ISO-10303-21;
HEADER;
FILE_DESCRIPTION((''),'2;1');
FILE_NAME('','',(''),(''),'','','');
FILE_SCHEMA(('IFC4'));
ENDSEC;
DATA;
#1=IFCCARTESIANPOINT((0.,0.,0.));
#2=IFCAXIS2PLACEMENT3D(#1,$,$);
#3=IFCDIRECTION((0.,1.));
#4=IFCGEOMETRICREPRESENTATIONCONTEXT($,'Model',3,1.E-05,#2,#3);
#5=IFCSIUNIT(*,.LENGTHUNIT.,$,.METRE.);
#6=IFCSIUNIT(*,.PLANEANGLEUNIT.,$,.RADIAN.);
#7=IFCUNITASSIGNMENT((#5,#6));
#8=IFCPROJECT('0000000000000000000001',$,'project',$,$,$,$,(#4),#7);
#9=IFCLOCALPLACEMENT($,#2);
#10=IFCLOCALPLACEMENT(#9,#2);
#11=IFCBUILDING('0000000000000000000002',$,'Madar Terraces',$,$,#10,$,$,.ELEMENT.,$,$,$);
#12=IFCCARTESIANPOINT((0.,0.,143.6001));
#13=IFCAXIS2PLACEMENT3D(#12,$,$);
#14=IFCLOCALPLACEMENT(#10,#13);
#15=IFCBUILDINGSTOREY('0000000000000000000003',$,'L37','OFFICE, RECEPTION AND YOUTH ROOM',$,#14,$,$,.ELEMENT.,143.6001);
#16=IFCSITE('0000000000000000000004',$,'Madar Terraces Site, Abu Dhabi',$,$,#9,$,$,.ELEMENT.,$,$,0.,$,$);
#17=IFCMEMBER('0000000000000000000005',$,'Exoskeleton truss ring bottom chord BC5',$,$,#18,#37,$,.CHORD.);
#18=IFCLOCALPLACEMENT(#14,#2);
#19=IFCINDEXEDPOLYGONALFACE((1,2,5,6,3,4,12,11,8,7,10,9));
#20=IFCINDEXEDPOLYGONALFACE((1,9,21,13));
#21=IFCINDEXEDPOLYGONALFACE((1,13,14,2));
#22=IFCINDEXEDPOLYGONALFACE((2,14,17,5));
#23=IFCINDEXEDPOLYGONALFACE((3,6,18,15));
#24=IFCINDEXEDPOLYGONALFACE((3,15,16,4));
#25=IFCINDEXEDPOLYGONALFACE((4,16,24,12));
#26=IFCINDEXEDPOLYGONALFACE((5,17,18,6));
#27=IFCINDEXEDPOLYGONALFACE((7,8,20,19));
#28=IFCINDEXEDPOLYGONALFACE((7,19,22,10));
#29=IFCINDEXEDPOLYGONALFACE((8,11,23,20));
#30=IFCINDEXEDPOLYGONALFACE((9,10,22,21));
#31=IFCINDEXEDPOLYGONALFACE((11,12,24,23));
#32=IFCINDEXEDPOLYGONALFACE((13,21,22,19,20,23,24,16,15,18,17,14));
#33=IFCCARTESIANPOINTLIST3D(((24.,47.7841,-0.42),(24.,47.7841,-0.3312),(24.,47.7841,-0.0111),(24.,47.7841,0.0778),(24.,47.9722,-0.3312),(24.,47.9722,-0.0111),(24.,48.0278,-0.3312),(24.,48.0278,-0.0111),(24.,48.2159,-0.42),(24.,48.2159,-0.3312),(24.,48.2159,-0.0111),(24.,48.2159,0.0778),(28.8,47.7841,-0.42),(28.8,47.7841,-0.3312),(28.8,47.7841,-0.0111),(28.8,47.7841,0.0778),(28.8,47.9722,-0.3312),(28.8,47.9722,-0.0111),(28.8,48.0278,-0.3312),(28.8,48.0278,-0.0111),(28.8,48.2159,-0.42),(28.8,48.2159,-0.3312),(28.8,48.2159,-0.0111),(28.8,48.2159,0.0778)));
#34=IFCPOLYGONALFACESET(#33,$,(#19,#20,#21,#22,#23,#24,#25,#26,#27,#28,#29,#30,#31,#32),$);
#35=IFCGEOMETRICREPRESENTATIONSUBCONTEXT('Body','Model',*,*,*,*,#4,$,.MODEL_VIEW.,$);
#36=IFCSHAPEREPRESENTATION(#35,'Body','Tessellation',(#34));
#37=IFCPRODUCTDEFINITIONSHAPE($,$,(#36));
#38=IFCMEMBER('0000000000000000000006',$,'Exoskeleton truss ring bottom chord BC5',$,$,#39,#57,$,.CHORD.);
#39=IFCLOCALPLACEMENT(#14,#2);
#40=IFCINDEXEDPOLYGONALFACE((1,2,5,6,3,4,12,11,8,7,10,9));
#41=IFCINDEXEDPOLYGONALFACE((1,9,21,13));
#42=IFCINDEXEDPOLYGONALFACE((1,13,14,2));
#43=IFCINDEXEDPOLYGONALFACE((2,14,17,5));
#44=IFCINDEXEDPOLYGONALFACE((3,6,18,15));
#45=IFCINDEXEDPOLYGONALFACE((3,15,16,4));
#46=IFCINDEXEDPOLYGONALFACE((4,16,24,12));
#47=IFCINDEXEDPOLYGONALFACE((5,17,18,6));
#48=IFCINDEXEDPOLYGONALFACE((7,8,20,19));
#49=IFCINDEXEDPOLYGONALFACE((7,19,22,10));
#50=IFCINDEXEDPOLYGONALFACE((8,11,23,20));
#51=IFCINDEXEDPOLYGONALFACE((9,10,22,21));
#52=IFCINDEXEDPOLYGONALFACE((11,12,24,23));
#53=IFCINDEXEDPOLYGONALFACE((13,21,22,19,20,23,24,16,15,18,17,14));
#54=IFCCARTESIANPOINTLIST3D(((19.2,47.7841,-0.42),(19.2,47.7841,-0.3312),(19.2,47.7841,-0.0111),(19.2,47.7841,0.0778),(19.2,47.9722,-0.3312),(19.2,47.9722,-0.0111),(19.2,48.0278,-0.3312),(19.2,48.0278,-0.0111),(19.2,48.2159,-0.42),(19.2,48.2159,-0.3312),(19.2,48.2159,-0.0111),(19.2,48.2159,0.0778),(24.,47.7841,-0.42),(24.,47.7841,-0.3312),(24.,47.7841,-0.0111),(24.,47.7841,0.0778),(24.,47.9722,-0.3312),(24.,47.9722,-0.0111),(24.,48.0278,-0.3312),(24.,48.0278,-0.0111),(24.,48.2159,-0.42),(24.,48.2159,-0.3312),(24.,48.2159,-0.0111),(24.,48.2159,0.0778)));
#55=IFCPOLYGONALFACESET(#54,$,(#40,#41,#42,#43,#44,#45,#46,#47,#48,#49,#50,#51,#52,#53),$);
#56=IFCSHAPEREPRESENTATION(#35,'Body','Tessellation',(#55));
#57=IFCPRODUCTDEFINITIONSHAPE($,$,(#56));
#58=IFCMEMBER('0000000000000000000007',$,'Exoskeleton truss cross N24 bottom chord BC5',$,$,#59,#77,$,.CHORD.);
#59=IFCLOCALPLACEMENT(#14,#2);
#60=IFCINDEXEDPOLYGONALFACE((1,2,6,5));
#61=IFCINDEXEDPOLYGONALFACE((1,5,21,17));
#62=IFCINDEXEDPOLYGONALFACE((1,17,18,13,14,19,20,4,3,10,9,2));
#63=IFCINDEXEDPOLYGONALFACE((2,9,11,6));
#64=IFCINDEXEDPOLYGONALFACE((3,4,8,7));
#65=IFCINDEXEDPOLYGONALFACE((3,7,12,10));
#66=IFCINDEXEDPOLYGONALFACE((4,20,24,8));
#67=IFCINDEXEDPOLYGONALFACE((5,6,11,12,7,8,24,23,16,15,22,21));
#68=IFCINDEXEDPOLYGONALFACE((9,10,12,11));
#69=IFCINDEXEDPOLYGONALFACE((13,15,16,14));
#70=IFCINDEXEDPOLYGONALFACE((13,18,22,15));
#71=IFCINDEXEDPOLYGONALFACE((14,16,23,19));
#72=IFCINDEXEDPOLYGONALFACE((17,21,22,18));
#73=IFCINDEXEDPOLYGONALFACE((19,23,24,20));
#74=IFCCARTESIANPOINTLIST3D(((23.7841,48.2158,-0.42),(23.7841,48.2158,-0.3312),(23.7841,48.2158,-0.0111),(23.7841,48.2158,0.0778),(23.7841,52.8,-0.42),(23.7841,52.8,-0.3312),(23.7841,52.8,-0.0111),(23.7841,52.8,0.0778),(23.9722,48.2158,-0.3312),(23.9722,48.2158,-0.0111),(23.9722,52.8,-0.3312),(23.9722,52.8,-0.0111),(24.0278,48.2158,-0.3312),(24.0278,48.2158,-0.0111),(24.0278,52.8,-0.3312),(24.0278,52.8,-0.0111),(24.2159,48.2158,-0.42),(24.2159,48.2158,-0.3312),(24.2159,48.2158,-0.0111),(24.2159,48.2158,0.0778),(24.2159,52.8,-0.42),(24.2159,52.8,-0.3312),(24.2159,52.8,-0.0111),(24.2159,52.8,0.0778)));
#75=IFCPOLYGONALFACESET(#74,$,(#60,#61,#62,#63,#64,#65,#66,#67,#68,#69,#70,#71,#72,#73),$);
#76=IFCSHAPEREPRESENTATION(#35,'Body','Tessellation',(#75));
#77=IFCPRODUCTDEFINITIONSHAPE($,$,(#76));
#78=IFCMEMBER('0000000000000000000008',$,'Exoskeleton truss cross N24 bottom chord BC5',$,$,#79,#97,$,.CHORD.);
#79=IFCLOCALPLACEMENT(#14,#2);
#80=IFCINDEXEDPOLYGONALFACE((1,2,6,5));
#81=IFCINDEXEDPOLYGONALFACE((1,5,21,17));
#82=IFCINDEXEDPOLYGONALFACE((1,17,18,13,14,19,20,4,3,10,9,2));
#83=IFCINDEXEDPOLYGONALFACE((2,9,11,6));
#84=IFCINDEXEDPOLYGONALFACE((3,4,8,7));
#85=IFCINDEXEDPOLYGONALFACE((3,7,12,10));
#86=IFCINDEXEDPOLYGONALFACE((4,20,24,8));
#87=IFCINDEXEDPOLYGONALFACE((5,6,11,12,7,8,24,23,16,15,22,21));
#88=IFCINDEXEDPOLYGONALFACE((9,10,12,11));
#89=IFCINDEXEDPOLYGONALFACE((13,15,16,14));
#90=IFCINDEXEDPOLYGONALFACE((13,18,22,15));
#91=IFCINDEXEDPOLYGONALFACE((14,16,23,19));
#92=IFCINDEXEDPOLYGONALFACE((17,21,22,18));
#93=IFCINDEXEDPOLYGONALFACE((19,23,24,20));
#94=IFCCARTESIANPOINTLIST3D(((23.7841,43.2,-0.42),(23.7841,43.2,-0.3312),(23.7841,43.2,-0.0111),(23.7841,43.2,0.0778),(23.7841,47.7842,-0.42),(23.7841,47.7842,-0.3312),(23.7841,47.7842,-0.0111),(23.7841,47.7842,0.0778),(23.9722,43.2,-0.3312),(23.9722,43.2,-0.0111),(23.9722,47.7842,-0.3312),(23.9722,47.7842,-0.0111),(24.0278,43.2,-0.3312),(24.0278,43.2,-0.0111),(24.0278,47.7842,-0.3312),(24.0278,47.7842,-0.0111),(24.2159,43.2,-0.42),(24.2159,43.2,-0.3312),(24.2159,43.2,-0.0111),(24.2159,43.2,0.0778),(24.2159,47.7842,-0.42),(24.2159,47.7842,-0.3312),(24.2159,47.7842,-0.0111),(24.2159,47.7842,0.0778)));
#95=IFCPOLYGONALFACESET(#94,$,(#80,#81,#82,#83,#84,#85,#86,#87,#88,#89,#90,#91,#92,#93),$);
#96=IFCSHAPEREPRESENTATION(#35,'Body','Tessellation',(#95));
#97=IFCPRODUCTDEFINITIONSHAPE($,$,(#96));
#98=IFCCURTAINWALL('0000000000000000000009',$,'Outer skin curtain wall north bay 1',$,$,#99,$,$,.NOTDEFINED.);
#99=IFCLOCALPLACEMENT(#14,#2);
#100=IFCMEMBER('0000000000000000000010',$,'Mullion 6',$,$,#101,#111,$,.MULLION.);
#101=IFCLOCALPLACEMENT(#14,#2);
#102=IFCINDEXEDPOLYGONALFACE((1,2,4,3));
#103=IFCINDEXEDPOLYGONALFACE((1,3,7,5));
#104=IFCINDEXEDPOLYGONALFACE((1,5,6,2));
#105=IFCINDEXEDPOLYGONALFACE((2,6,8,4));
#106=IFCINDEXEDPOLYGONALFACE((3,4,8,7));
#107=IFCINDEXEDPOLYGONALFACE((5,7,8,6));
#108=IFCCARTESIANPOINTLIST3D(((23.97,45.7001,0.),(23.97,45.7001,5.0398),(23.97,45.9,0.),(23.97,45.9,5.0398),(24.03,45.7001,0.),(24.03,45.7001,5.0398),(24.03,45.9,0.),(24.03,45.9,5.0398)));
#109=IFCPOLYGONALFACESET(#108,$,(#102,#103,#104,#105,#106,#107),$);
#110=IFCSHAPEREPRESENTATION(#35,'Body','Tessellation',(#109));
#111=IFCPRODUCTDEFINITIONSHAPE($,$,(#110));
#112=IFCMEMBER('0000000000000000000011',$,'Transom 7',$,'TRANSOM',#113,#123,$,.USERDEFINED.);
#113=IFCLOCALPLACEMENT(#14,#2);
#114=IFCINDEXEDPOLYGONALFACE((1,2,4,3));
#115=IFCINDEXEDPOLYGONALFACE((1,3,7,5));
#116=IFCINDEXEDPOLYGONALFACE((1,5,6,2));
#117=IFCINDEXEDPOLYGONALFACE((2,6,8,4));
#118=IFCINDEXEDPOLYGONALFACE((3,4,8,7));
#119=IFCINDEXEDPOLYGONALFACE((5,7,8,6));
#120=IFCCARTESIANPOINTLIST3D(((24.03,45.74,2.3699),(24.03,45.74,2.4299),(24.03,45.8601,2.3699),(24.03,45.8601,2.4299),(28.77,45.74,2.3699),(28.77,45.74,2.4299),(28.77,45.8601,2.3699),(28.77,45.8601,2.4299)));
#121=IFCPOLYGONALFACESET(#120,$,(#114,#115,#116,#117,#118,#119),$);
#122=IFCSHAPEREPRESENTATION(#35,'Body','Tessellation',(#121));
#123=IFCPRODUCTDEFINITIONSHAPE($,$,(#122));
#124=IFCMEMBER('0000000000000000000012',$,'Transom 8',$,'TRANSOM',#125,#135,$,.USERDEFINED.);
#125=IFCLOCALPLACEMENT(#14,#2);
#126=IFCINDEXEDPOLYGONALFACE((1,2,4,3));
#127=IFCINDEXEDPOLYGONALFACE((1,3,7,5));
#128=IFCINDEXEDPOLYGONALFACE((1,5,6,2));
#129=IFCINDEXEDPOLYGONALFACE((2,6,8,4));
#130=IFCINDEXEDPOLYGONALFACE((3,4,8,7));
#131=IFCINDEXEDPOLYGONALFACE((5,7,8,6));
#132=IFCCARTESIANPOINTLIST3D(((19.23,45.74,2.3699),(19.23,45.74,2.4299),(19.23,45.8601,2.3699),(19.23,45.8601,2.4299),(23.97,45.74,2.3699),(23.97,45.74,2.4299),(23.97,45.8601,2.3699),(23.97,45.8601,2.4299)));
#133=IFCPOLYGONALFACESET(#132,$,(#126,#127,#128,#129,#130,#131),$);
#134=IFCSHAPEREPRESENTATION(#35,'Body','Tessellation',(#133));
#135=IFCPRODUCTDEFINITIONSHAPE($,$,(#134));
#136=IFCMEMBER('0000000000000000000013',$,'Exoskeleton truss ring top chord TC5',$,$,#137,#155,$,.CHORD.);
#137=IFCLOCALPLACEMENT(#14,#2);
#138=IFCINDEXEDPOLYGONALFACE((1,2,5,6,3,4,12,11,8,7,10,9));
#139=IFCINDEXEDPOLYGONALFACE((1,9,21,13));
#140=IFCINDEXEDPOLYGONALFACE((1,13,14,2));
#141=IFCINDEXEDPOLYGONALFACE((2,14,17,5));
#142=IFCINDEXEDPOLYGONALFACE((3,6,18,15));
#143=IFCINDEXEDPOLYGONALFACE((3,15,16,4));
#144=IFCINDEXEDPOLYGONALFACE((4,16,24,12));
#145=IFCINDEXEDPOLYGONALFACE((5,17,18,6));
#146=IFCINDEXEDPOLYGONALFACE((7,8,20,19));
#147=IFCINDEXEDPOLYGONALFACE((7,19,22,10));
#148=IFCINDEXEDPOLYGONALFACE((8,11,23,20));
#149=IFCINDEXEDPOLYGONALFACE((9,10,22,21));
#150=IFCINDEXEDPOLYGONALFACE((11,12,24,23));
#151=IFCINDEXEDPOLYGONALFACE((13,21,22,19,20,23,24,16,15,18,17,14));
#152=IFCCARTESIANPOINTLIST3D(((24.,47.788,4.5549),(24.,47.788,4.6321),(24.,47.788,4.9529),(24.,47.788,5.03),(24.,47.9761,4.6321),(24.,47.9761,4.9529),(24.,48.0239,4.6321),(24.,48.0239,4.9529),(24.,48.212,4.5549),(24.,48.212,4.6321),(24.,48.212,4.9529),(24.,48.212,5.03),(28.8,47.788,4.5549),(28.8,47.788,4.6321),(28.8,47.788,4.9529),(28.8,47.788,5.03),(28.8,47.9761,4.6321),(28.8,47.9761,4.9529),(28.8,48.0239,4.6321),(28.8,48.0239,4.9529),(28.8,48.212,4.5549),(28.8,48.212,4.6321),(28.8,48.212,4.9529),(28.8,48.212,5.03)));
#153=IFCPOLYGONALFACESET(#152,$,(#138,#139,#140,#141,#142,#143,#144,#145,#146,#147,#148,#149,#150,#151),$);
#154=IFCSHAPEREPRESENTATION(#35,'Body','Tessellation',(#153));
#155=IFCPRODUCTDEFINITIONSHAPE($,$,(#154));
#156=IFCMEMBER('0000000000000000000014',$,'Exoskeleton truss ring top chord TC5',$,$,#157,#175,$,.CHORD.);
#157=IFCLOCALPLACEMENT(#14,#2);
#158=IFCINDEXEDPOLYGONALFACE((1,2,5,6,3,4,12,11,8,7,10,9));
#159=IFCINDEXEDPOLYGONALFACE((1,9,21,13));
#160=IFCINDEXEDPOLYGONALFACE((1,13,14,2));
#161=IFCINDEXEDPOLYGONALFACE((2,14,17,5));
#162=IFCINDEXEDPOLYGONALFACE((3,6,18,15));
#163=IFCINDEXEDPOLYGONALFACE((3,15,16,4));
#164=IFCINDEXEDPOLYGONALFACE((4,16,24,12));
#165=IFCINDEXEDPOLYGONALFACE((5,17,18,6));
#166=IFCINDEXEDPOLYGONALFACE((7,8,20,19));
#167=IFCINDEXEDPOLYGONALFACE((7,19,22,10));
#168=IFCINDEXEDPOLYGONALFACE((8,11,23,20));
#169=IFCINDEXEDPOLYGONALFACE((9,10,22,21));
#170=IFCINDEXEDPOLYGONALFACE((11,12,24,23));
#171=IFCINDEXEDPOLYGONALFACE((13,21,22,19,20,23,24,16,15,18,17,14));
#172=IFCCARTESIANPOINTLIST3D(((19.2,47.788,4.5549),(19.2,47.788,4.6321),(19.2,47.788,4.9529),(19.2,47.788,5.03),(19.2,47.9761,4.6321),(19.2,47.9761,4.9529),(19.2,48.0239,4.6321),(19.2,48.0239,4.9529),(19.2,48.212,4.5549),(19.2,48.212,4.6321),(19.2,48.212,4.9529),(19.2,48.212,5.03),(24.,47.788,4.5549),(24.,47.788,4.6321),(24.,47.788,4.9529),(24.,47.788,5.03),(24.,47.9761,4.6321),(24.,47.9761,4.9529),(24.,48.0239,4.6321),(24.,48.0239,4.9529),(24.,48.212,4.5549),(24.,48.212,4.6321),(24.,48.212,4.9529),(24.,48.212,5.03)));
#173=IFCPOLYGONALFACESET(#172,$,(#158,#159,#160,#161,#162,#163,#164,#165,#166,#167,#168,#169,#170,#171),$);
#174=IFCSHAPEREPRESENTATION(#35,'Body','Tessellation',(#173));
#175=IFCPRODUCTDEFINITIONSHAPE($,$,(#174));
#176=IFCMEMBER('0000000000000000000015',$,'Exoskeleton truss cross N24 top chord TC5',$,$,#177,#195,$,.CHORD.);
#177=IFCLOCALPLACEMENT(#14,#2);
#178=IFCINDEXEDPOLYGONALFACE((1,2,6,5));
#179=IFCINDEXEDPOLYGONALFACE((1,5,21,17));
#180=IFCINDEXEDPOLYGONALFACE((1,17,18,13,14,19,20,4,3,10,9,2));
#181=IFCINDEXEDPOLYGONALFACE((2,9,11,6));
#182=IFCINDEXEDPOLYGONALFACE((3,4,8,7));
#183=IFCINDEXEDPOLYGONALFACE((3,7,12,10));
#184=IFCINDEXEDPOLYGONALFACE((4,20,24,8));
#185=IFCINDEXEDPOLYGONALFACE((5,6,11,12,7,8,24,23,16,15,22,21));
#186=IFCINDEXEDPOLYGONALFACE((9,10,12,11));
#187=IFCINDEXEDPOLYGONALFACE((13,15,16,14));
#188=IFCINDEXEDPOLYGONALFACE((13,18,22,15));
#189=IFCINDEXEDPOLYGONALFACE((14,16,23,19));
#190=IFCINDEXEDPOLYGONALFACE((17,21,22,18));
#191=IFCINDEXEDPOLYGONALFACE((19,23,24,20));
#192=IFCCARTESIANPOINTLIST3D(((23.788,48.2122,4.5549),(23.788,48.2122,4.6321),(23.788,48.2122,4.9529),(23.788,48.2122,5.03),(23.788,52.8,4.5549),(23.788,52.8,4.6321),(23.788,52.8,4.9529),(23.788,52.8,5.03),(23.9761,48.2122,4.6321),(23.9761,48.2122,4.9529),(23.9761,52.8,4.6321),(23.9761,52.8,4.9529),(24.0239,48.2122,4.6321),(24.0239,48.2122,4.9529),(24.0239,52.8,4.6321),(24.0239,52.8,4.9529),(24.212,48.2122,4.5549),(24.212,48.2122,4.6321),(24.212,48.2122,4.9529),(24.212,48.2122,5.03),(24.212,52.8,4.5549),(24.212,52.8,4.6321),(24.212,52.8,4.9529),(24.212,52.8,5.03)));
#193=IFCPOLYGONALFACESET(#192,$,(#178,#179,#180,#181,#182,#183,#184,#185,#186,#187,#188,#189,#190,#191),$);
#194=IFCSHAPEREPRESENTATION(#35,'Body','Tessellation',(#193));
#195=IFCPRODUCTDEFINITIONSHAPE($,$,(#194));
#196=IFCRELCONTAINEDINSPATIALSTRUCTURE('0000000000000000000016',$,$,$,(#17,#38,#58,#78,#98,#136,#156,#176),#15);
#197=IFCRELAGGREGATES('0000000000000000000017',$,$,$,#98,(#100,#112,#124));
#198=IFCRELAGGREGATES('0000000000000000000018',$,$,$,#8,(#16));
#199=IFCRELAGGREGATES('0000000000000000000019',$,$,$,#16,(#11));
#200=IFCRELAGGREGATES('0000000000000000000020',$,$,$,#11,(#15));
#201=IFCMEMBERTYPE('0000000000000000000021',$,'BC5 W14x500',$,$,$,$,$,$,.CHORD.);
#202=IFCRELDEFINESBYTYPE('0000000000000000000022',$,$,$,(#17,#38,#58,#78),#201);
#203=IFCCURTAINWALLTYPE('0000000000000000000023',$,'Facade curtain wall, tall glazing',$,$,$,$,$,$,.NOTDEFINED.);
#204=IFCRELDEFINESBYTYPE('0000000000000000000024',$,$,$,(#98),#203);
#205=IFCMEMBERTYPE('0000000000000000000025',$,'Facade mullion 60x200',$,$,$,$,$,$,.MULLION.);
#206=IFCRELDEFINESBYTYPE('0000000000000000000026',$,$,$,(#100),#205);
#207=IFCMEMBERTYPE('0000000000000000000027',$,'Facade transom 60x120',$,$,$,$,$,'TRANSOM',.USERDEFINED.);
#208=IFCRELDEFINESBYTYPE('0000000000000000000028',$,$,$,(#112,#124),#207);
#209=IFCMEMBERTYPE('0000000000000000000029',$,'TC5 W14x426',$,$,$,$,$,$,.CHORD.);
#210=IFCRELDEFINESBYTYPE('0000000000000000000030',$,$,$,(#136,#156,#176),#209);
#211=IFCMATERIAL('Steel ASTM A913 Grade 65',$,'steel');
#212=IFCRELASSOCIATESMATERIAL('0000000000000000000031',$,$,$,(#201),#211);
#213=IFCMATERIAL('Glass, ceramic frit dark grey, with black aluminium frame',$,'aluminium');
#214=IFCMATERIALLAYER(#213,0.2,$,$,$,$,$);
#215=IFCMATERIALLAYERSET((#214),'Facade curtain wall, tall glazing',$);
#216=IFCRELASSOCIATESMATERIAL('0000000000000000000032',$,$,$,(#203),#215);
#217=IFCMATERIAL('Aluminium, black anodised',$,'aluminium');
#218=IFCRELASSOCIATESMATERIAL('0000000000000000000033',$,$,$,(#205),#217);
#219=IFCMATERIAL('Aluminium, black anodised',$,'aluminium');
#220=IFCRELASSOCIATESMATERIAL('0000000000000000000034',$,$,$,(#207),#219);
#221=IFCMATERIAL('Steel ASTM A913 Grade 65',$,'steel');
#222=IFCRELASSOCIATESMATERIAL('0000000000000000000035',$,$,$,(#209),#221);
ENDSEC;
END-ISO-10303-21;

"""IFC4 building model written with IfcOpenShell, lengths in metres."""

from ifc_helpers import new_model, si_unit, direction, frame, origin, origin_2d, place, context, subcontext, project, spatial, rectangle, i_section, extrude, material, layer, layer_set, material_profile, profile_set, type_object, element, aggregate, save


model = new_model("IFC4")

# Units and contexts
model_context = context("Model", 3, precision=1e-05, world=origin(), true_north=direction((0.0, 1.0)))
body_context = subcontext(model_context, "Body", "Model", "MODEL_VIEW")
ifc_project = project(units=[si_unit("LENGTHUNIT", "METRE"), si_unit("PLANEANGLEUNIT", "RADIAN")], contexts=[model_context])

# Site, building, storey
site_placement = place(None, origin())
site = spatial("IfcSite", under=ifc_project, at=site_placement, Name="Madar Terraces Site, Abu Dhabi", CompositionType="ELEMENT", RefElevation=0.0)
building_placement = place(site_placement, origin())
building = spatial("IfcBuilding", under=site, at=building_placement, Name="Madar Terraces", CompositionType="ELEMENT")
storey_placement = place(building_placement, frame((0.0, 0.0, 143.6001)))
storey = spatial("IfcBuildingStorey", under=building, at=storey_placement, Name="L37", Description="OFFICE, RECEPTION AND YOUTH ROOM", CompositionType="ELEMENT", Elevation=143.6001)

# Members
ifc_material_1 = material(Name="Steel ASTM A913 Grade 65", Category="steel")
ifc_material_profile_1 = material_profile(ifc_material_1, i_section(OverallWidth=0.4319, OverallDepth=0.4978, WebThickness=0.0557, FlangeThickness=0.0889, at=origin_2d()), Name="W14x500")
ifc_profile_set_1 = profile_set([ifc_material_profile_1], Name="Steel ASTM A913 Grade 65")
member_type_1 = type_object("IfcMemberType", Name="BC5 W14x500", PredefinedType="CHORD", material=ifc_profile_set_1)
for number, where, z_axis, x_axis, name in (
    (1, (28.8, 48.0, -0.1711), (-1.0, 0.0, 0.0), (0.0, -1.0, 0.0), "Exoskeleton truss ring bottom chord BC5"),
    (2, (24.0, 48.0, -0.1711), (-1.0, 0.0, 0.0), (0.0, -1.0, 0.0), "Exoskeleton truss ring bottom chord BC5"),
):
    element("IfcMember", number, at=place(storey_placement, frame(where, z_axis=z_axis, x_axis=x_axis)), inside=storey, type_object=member_type_1, Name=name, PredefinedType="CHORD", context=body_context, shape_type="SweptSolid", body=[
        extrude(i_section(OverallWidth=0.4319, OverallDepth=0.4978, WebThickness=0.0557, FlangeThickness=0.0889, at=origin_2d()), origin(), (0.0, 0.0, 1.0), 4.8),
    ])
for number, where, z_axis, x_axis, name in (
    (3, (24.0, 52.8, -0.1711), (0.0, -1.0, 0.0), (1.0, 0.0, 0.0), "Exoskeleton truss cross N24 bottom chord BC5"),
    (4, (24.0, 47.7842, -0.1711), (0.0, -1.0, 0.0), (1.0, 0.0, 0.0), "Exoskeleton truss cross N24 bottom chord BC5"),
):
    element("IfcMember", number, at=place(storey_placement, frame(where, z_axis=z_axis, x_axis=x_axis)), inside=storey, type_object=member_type_1, Name=name, PredefinedType="CHORD", context=body_context, shape_type="SweptSolid", body=[
        extrude(i_section(OverallWidth=0.4319, OverallDepth=0.4978, WebThickness=0.0557, FlangeThickness=0.0889, at=origin_2d()), origin(), (0.0, 0.0, 1.0), 4.5842),
    ])

# Curtain wall, members
ifc_material_2 = material(Name="Glass, ceramic frit dark grey, with black aluminium frame", Category="aluminium")
ifc_layer_1 = layer(ifc_material_2, 0.2)
ifc_layer_set_1 = layer_set([ifc_layer_1], Name="Facade curtain wall, tall glazing")
curtain_wall_type = type_object("IfcCurtainWallType", Name="Facade curtain wall, tall glazing", PredefinedType="NOTDEFINED", material=ifc_layer_set_1)
curtain_wall_placement = place(storey_placement, origin())
curtain_wall = element("IfcCurtainWall", 5, at=curtain_wall_placement, inside=storey, type_object=curtain_wall_type, Name="Outer skin curtain wall north bay 1", PredefinedType="NOTDEFINED")
ifc_material_3 = material(Name="Aluminium, black anodised", Category="aluminium")
ifc_material_profile_2 = material_profile(ifc_material_3, rectangle(XDim=0.2, YDim=0.0601, at=origin_2d()), Name="Facade mullion 60x200")
ifc_profile_set_2 = profile_set([ifc_material_profile_2], Name="Aluminium, black anodised")
member_type_2 = type_object("IfcMemberType", Name="Facade mullion 60x200", PredefinedType="MULLION", material=ifc_profile_set_2)
member_1_placement = place(storey_placement, frame((24.0, 45.8, 0.0), z_axis=(0.0, 0.0, 1.0), x_axis=(0.0, -1.0, 0.0)))
member_1 = element("IfcMember", 6, at=member_1_placement, type_object=member_type_2, Name="Mullion 6", PredefinedType="MULLION", context=body_context, shape_type="SweptSolid", body=[
    extrude(rectangle(XDim=0.2, YDim=0.0601, at=origin_2d()), origin(), (0.0, 0.0, 1.0), 5.0398),
])
ifc_material_4 = material(Name="Aluminium, black anodised", Category="aluminium")
ifc_material_profile_3 = material_profile(ifc_material_4, rectangle(XDim=0.1201, YDim=0.0601, at=origin_2d()), Name="Facade transom 60x120")
ifc_profile_set_3 = profile_set([ifc_material_profile_3], Name="Aluminium, black anodised")
member_type_3 = type_object("IfcMemberType", Name="Facade transom 60x120", ElementType="TRANSOM", PredefinedType="USERDEFINED", material=ifc_profile_set_3)
member_2_placement = place(storey_placement, frame((28.77, 45.8, 2.3999), z_axis=(-1.0, 0.0, 0.0), x_axis=(0.0, -1.0, 0.0)))
member_2 = element("IfcMember", 7, at=member_2_placement, type_object=member_type_3, Name="Transom 7", ObjectType="TRANSOM", PredefinedType="USERDEFINED", context=body_context, shape_type="SweptSolid", body=[
    extrude(rectangle(XDim=0.1201, YDim=0.0601, at=origin_2d()), origin(), (0.0, 0.0, 1.0), 4.74),
])
member_3_placement = place(storey_placement, frame((23.97, 45.8, 2.3999), z_axis=(-1.0, 0.0, 0.0), x_axis=(0.0, -1.0, 0.0)))
member_3 = element("IfcMember", 8, at=member_3_placement, type_object=member_type_3, Name="Transom 8", ObjectType="TRANSOM", PredefinedType="USERDEFINED", context=body_context, shape_type="SweptSolid", body=[
    extrude(rectangle(XDim=0.1201, YDim=0.0601, at=origin_2d()), origin(), (0.0, 0.0, 1.0), 4.74),
])

# Members
ifc_material_5 = material(Name="Steel ASTM A913 Grade 65", Category="steel")
ifc_material_profile_4 = material_profile(ifc_material_5, i_section(OverallWidth=0.4241, OverallDepth=0.4751, WebThickness=0.0479, FlangeThickness=0.0771, at=origin_2d()), Name="W14x426")
ifc_profile_set_4 = profile_set([ifc_material_profile_4], Name="Steel ASTM A913 Grade 65")
member_type_4 = type_object("IfcMemberType", Name="TC5 W14x426", PredefinedType="CHORD", material=ifc_profile_set_4)
for number, where, z_axis, x_axis, name in (
    (9, (28.8, 48.0, 4.7925), (-1.0, 0.0, 0.0), (0.0, -1.0, 0.0), "Exoskeleton truss ring top chord TC5"),
    (10, (24.0, 48.0, 4.7925), (-1.0, 0.0, 0.0), (0.0, -1.0, 0.0), "Exoskeleton truss ring top chord TC5"),
):
    element("IfcMember", number, at=place(storey_placement, frame(where, z_axis=z_axis, x_axis=x_axis)), inside=storey, type_object=member_type_4, Name=name, PredefinedType="CHORD", context=body_context, shape_type="SweptSolid", body=[
        extrude(i_section(OverallWidth=0.4241, OverallDepth=0.4751, WebThickness=0.0479, FlangeThickness=0.0771, at=origin_2d()), origin(), (0.0, 0.0, 1.0), 4.8),
    ])
for number, where, z_axis, x_axis, name in (
    (11, (24.0, 52.8, 4.7925), (0.0, -1.0, 0.0), (1.0, 0.0, 0.0), "Exoskeleton truss cross N24 top chord TC5"),
):
    element("IfcMember", number, at=place(storey_placement, frame(where, z_axis=z_axis, x_axis=x_axis)), inside=storey, type_object=member_type_4, Name=name, PredefinedType="CHORD", context=body_context, shape_type="SweptSolid", body=[
        extrude(i_section(OverallWidth=0.4241, OverallDepth=0.4751, WebThickness=0.0479, FlangeThickness=0.0771, at=origin_2d()), origin(), (0.0, 0.0, 1.0), 4.5879),
    ])

aggregate(curtain_wall, [member_1, member_2, member_3])

save(model, "model.ifc")
